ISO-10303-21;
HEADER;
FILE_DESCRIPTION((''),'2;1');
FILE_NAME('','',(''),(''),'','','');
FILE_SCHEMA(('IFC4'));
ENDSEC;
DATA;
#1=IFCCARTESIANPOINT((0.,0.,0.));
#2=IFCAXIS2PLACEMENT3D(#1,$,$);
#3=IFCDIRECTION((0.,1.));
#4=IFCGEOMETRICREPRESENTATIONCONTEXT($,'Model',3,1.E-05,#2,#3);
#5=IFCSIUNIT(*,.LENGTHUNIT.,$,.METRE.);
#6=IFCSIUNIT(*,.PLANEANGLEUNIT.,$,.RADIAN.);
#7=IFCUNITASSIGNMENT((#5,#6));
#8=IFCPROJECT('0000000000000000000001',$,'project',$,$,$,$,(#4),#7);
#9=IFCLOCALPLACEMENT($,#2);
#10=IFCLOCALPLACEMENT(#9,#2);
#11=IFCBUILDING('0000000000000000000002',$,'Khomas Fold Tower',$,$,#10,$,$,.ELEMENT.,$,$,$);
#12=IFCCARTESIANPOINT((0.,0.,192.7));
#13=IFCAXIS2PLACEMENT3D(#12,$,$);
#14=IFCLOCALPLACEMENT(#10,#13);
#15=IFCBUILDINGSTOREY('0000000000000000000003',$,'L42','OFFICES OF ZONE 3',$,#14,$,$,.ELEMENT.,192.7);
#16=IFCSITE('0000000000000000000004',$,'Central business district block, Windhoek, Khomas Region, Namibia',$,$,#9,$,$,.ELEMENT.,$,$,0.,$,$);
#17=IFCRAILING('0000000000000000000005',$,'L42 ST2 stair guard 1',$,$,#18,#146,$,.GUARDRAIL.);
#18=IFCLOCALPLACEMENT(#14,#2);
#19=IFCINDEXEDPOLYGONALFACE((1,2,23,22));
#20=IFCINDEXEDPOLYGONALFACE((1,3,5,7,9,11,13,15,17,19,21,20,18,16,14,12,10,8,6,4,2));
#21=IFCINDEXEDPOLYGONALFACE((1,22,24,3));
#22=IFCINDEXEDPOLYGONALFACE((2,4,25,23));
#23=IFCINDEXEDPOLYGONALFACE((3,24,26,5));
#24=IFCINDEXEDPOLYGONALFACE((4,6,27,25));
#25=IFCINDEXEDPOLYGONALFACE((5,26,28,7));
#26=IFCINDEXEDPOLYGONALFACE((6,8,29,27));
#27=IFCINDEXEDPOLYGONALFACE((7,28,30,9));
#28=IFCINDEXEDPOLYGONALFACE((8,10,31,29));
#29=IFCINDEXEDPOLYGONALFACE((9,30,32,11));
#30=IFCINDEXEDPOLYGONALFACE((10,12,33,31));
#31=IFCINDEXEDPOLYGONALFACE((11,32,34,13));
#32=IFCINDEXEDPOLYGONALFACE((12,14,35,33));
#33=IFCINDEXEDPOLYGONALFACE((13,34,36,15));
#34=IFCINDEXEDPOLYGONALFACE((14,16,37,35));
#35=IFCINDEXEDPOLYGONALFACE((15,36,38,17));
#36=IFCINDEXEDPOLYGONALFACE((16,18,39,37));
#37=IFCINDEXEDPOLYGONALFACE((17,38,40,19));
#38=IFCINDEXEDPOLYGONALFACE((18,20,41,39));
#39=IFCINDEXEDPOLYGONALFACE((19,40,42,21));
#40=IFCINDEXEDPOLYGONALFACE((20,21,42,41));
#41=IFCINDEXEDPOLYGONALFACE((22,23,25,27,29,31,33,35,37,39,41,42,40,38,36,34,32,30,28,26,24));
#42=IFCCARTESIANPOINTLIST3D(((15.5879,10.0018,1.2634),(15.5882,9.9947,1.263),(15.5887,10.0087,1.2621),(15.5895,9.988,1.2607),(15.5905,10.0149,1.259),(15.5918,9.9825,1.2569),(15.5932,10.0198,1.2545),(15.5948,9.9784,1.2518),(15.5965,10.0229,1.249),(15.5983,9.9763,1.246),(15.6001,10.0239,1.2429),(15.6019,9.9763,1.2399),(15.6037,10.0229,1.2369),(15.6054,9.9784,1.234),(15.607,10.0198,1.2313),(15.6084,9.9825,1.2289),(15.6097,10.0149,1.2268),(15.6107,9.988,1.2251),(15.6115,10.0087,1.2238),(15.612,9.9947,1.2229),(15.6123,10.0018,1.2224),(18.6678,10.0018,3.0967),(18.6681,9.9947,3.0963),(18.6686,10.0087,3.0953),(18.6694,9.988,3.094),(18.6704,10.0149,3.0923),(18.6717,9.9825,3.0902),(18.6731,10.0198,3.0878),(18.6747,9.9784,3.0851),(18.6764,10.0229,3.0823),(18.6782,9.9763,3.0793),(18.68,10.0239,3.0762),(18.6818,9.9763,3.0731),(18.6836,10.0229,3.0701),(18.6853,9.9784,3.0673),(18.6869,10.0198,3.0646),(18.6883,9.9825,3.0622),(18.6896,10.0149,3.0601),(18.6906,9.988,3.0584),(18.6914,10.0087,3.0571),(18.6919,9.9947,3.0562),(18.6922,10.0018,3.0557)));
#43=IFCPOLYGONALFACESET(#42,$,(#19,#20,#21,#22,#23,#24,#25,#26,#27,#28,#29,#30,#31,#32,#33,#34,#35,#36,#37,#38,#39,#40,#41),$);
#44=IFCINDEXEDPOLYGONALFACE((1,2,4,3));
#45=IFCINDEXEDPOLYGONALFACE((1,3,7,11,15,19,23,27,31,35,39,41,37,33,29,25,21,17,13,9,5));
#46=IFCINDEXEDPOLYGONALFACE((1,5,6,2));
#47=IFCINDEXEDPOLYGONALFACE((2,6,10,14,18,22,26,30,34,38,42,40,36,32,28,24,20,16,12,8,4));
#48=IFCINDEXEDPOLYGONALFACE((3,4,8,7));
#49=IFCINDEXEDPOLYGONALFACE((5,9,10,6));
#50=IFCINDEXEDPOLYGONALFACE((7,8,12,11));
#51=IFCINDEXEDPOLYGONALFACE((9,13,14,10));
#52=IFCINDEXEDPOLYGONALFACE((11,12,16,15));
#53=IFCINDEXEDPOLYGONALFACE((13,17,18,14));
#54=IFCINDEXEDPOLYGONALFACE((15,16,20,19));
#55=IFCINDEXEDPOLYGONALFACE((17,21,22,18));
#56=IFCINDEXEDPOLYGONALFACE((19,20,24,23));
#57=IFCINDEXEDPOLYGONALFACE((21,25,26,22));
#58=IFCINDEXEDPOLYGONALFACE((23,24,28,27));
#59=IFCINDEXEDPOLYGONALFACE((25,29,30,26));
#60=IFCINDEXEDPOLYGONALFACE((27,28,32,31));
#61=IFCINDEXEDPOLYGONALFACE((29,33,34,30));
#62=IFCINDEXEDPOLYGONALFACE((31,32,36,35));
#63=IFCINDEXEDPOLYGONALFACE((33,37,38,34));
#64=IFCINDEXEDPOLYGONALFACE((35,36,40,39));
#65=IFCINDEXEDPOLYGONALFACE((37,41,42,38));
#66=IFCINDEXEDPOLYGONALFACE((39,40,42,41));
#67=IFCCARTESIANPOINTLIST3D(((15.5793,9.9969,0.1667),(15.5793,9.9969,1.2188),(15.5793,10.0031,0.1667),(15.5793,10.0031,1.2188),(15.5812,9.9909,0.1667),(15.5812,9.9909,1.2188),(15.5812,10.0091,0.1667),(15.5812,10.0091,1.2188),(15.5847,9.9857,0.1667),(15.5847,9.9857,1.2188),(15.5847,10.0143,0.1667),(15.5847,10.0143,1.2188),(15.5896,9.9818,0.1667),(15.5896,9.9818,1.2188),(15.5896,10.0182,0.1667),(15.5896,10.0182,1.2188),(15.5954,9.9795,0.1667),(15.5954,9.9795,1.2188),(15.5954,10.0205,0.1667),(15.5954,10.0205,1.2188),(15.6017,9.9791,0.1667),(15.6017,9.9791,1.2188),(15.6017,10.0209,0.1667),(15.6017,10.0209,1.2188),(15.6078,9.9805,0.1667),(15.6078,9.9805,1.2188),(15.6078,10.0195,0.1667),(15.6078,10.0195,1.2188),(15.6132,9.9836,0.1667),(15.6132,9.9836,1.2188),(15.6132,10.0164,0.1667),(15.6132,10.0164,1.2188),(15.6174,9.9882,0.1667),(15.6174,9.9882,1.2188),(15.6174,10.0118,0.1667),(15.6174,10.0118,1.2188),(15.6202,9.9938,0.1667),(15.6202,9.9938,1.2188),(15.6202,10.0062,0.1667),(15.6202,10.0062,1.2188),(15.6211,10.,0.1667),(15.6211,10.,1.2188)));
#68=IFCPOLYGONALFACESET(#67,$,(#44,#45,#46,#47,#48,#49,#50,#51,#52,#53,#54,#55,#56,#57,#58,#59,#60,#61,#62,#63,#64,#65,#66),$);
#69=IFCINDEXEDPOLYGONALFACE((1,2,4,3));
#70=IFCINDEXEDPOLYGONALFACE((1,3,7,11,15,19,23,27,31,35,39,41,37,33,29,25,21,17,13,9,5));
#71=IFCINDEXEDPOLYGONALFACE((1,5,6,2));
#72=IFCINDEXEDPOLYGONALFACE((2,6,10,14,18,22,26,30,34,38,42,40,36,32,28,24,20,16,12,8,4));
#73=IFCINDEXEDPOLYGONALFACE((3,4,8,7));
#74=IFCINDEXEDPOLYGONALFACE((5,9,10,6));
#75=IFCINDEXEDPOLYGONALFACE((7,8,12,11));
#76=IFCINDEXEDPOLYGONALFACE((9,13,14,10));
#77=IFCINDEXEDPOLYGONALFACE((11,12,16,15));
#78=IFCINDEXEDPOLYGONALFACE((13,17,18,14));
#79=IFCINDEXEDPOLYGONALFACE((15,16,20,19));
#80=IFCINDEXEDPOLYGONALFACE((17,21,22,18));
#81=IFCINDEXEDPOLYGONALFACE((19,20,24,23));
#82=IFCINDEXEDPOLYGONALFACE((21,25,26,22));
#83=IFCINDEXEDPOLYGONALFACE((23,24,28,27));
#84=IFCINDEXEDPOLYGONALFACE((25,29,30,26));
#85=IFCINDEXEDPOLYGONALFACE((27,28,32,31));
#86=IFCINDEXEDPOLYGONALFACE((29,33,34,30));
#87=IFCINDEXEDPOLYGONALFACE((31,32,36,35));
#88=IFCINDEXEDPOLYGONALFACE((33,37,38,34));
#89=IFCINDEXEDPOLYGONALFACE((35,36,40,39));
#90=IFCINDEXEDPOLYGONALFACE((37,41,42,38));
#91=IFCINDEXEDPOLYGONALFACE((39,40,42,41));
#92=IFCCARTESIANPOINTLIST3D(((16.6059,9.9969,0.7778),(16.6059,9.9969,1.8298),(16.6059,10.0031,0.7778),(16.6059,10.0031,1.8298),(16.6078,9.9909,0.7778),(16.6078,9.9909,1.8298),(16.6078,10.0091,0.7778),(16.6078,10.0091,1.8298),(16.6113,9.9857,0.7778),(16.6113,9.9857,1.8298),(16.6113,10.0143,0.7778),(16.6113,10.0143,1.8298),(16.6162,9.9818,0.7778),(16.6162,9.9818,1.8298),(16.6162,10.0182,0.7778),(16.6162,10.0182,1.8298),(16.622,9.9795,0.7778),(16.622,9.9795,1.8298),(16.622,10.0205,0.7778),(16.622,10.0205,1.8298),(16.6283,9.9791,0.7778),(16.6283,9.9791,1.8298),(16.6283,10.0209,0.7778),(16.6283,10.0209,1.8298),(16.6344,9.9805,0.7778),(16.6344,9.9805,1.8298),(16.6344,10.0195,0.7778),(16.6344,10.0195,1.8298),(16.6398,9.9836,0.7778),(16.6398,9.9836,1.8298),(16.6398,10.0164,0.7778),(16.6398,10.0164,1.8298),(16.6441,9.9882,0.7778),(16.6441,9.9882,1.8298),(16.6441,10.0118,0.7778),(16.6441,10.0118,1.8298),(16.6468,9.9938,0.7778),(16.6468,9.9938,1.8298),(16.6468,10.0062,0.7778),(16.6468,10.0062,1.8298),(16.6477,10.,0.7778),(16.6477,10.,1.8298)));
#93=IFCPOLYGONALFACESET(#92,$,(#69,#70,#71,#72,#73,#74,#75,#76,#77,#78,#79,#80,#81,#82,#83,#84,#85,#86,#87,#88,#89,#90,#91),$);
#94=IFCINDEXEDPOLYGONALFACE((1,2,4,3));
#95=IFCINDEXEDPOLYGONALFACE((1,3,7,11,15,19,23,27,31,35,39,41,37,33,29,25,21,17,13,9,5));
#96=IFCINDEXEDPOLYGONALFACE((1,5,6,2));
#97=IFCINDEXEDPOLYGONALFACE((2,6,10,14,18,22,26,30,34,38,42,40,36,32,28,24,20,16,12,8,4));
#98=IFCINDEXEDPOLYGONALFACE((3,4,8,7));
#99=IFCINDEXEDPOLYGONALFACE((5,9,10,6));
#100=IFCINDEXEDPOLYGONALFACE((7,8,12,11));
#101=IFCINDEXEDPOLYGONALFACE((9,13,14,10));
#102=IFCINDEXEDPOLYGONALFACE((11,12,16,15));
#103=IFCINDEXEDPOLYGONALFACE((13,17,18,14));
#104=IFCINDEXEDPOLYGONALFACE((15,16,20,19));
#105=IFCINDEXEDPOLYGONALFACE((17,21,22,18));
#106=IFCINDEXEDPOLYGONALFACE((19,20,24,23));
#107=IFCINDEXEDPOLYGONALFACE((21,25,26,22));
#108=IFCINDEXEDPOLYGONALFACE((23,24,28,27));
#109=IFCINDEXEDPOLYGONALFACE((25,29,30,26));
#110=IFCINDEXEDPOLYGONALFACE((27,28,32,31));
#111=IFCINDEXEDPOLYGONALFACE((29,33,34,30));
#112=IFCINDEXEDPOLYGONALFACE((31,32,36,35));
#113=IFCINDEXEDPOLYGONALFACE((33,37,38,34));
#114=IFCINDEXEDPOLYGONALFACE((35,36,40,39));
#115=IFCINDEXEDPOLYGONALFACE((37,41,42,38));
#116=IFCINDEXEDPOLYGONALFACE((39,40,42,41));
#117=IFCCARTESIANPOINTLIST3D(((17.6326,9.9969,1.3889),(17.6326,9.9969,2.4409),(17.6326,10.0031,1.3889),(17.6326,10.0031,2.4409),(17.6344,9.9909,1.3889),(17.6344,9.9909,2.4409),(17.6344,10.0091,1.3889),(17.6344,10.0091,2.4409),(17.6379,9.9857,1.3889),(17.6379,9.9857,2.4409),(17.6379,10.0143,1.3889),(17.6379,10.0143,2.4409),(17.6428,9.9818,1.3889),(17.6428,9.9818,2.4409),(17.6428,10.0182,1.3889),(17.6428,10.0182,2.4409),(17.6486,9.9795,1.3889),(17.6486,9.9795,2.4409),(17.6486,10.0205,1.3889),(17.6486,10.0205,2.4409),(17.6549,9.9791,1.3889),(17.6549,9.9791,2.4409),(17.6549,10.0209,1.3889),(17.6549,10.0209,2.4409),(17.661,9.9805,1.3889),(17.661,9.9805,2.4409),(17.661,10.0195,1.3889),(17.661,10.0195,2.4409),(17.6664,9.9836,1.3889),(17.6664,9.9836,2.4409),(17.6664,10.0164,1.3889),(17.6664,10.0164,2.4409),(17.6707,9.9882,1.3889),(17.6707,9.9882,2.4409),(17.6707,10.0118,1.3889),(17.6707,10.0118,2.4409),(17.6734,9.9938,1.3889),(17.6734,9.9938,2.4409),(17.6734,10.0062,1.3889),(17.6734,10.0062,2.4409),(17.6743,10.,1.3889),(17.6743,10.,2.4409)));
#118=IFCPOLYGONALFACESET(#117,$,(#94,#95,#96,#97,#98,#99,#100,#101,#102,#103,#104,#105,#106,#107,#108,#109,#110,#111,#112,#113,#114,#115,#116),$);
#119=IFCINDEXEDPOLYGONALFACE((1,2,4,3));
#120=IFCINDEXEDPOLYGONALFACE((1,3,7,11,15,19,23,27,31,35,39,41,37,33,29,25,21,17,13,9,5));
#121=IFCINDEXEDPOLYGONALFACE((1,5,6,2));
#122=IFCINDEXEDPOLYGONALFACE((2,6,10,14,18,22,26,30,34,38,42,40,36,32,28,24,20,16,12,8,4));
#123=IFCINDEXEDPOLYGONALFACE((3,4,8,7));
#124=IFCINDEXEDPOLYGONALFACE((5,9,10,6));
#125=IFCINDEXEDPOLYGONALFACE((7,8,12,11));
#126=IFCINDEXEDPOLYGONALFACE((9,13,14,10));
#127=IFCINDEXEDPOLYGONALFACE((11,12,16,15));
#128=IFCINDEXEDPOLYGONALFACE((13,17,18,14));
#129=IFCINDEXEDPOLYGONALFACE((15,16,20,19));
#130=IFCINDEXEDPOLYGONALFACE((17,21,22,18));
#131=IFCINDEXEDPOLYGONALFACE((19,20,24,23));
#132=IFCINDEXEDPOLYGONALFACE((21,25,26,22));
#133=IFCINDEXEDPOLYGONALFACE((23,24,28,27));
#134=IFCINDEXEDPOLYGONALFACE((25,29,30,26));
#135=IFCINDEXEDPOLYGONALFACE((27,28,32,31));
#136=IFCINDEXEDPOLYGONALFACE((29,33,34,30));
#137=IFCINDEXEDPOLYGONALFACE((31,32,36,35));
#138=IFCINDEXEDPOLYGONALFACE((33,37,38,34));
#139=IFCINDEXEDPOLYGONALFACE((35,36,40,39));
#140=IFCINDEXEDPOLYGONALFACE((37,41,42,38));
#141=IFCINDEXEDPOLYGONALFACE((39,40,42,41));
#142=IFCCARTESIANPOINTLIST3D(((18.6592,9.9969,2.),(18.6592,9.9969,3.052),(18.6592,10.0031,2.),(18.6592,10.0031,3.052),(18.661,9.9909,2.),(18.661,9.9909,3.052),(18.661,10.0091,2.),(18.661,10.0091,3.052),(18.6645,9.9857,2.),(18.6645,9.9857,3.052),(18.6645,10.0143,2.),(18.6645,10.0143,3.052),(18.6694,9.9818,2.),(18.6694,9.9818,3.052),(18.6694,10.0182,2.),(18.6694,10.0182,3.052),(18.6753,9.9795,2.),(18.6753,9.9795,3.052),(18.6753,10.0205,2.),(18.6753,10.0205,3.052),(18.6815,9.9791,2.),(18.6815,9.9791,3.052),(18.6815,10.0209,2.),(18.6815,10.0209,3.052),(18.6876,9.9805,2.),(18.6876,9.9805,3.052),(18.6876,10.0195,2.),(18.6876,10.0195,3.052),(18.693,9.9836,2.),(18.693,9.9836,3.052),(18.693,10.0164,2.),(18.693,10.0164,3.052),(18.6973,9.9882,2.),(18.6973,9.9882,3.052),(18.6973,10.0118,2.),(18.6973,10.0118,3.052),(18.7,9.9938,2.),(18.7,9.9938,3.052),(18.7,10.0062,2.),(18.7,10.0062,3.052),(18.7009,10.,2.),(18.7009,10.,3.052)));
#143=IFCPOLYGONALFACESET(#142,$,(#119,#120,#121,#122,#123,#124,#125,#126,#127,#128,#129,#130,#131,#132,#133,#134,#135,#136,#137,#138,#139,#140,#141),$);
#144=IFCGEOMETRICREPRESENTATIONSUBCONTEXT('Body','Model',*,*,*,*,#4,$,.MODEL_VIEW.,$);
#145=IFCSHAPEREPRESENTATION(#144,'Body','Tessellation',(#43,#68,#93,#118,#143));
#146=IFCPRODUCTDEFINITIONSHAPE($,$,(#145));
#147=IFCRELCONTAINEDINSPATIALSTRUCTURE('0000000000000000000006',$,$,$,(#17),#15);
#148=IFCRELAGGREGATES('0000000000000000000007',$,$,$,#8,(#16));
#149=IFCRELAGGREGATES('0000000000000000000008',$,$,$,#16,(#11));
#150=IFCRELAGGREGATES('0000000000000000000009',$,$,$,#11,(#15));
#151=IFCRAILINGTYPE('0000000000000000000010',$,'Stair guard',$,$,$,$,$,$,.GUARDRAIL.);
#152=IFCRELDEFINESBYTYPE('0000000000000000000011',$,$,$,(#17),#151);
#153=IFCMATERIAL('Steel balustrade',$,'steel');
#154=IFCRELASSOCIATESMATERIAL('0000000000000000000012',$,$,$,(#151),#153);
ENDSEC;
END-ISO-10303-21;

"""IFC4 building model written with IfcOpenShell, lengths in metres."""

from ifc_helpers import new_model, si_unit, direction, frame, origin, origin_2d, place, context, subcontext, project, spatial, circle, extrude, source, transform, mapped, material, type_object, element, save


model = new_model("IFC4")

# Units and contexts
model_context = context("Model", 3, precision=1e-05, world=origin(), true_north=direction((0.0, 1.0)))
body_context = subcontext(model_context, "Body", "Model", "MODEL_VIEW")
ifc_project = project(units=[si_unit("LENGTHUNIT", "METRE"), si_unit("PLANEANGLEUNIT", "RADIAN")], contexts=[model_context])

# Site, building, storey
site_placement = place(None, origin())
site = spatial("IfcSite", under=ifc_project, at=site_placement, Name="Central business district block, Windhoek, Khomas Region, Namibia", CompositionType="ELEMENT", RefElevation=0.0)
building_placement = place(site_placement, origin())
building = spatial("IfcBuilding", under=site, at=building_placement, Name="Khomas Fold Tower", CompositionType="ELEMENT")
storey_placement = place(building_placement, frame((0.0, 0.0, 192.7)))
storey = spatial("IfcBuildingStorey", under=building, at=storey_placement, Name="L42", Description="OFFICES OF ZONE 3", CompositionType="ELEMENT", Elevation=192.7)

# Railing
ifc_material_1 = material(Name="Steel balustrade", Category="steel")
railing_type_1 = type_object("IfcRailingType", Name="Stair guard", PredefinedType="GUARDRAIL", material=ifc_material_1)
shared_shape_1 = source(origin(), body_context, "Body", "SweptSolid", [
    extrude(circle(Radius=0.0239, at=origin_2d()), frame((0.0, 0.0, 1.0762), z_axis=(0.859291, 0.0, 0.511487), x_axis=(0.0, 1.0, 0.0)), (0.0, 0.0, 1.0), 3.5842),
    extrude(circle(Radius=0.021, at=origin_2d()), origin(), (0.0, 0.0, 1.0), 1.052),
    extrude(circle(Radius=0.021, at=origin_2d()), frame((1.0266, 0.0, 0.6111)), (0.0, 0.0, 1.0), 1.052),
    extrude(circle(Radius=0.021, at=origin_2d()), frame((2.0532, 0.0, 1.2222)), (0.0, 0.0, 1.0), 1.052),
    extrude(circle(Radius=0.021, at=origin_2d()), frame((3.0798, 0.0, 1.8333)), (0.0, 0.0, 1.0), 1.052),
])
railing_1_placement = place(storey_placement, frame((15.6001, 10.0, 0.1667)))
element("IfcRailing", 1, at=railing_1_placement, inside=storey, type_object=railing_type_1, Name="L42 ST2 stair guard 1", PredefinedType="GUARDRAIL", context=body_context, shape_type="MappedRepresentation", body=[
    mapped(shared_shape_1, transform((0.0, 0.0, 0.0))),
])

save(model, "model.ifc")
